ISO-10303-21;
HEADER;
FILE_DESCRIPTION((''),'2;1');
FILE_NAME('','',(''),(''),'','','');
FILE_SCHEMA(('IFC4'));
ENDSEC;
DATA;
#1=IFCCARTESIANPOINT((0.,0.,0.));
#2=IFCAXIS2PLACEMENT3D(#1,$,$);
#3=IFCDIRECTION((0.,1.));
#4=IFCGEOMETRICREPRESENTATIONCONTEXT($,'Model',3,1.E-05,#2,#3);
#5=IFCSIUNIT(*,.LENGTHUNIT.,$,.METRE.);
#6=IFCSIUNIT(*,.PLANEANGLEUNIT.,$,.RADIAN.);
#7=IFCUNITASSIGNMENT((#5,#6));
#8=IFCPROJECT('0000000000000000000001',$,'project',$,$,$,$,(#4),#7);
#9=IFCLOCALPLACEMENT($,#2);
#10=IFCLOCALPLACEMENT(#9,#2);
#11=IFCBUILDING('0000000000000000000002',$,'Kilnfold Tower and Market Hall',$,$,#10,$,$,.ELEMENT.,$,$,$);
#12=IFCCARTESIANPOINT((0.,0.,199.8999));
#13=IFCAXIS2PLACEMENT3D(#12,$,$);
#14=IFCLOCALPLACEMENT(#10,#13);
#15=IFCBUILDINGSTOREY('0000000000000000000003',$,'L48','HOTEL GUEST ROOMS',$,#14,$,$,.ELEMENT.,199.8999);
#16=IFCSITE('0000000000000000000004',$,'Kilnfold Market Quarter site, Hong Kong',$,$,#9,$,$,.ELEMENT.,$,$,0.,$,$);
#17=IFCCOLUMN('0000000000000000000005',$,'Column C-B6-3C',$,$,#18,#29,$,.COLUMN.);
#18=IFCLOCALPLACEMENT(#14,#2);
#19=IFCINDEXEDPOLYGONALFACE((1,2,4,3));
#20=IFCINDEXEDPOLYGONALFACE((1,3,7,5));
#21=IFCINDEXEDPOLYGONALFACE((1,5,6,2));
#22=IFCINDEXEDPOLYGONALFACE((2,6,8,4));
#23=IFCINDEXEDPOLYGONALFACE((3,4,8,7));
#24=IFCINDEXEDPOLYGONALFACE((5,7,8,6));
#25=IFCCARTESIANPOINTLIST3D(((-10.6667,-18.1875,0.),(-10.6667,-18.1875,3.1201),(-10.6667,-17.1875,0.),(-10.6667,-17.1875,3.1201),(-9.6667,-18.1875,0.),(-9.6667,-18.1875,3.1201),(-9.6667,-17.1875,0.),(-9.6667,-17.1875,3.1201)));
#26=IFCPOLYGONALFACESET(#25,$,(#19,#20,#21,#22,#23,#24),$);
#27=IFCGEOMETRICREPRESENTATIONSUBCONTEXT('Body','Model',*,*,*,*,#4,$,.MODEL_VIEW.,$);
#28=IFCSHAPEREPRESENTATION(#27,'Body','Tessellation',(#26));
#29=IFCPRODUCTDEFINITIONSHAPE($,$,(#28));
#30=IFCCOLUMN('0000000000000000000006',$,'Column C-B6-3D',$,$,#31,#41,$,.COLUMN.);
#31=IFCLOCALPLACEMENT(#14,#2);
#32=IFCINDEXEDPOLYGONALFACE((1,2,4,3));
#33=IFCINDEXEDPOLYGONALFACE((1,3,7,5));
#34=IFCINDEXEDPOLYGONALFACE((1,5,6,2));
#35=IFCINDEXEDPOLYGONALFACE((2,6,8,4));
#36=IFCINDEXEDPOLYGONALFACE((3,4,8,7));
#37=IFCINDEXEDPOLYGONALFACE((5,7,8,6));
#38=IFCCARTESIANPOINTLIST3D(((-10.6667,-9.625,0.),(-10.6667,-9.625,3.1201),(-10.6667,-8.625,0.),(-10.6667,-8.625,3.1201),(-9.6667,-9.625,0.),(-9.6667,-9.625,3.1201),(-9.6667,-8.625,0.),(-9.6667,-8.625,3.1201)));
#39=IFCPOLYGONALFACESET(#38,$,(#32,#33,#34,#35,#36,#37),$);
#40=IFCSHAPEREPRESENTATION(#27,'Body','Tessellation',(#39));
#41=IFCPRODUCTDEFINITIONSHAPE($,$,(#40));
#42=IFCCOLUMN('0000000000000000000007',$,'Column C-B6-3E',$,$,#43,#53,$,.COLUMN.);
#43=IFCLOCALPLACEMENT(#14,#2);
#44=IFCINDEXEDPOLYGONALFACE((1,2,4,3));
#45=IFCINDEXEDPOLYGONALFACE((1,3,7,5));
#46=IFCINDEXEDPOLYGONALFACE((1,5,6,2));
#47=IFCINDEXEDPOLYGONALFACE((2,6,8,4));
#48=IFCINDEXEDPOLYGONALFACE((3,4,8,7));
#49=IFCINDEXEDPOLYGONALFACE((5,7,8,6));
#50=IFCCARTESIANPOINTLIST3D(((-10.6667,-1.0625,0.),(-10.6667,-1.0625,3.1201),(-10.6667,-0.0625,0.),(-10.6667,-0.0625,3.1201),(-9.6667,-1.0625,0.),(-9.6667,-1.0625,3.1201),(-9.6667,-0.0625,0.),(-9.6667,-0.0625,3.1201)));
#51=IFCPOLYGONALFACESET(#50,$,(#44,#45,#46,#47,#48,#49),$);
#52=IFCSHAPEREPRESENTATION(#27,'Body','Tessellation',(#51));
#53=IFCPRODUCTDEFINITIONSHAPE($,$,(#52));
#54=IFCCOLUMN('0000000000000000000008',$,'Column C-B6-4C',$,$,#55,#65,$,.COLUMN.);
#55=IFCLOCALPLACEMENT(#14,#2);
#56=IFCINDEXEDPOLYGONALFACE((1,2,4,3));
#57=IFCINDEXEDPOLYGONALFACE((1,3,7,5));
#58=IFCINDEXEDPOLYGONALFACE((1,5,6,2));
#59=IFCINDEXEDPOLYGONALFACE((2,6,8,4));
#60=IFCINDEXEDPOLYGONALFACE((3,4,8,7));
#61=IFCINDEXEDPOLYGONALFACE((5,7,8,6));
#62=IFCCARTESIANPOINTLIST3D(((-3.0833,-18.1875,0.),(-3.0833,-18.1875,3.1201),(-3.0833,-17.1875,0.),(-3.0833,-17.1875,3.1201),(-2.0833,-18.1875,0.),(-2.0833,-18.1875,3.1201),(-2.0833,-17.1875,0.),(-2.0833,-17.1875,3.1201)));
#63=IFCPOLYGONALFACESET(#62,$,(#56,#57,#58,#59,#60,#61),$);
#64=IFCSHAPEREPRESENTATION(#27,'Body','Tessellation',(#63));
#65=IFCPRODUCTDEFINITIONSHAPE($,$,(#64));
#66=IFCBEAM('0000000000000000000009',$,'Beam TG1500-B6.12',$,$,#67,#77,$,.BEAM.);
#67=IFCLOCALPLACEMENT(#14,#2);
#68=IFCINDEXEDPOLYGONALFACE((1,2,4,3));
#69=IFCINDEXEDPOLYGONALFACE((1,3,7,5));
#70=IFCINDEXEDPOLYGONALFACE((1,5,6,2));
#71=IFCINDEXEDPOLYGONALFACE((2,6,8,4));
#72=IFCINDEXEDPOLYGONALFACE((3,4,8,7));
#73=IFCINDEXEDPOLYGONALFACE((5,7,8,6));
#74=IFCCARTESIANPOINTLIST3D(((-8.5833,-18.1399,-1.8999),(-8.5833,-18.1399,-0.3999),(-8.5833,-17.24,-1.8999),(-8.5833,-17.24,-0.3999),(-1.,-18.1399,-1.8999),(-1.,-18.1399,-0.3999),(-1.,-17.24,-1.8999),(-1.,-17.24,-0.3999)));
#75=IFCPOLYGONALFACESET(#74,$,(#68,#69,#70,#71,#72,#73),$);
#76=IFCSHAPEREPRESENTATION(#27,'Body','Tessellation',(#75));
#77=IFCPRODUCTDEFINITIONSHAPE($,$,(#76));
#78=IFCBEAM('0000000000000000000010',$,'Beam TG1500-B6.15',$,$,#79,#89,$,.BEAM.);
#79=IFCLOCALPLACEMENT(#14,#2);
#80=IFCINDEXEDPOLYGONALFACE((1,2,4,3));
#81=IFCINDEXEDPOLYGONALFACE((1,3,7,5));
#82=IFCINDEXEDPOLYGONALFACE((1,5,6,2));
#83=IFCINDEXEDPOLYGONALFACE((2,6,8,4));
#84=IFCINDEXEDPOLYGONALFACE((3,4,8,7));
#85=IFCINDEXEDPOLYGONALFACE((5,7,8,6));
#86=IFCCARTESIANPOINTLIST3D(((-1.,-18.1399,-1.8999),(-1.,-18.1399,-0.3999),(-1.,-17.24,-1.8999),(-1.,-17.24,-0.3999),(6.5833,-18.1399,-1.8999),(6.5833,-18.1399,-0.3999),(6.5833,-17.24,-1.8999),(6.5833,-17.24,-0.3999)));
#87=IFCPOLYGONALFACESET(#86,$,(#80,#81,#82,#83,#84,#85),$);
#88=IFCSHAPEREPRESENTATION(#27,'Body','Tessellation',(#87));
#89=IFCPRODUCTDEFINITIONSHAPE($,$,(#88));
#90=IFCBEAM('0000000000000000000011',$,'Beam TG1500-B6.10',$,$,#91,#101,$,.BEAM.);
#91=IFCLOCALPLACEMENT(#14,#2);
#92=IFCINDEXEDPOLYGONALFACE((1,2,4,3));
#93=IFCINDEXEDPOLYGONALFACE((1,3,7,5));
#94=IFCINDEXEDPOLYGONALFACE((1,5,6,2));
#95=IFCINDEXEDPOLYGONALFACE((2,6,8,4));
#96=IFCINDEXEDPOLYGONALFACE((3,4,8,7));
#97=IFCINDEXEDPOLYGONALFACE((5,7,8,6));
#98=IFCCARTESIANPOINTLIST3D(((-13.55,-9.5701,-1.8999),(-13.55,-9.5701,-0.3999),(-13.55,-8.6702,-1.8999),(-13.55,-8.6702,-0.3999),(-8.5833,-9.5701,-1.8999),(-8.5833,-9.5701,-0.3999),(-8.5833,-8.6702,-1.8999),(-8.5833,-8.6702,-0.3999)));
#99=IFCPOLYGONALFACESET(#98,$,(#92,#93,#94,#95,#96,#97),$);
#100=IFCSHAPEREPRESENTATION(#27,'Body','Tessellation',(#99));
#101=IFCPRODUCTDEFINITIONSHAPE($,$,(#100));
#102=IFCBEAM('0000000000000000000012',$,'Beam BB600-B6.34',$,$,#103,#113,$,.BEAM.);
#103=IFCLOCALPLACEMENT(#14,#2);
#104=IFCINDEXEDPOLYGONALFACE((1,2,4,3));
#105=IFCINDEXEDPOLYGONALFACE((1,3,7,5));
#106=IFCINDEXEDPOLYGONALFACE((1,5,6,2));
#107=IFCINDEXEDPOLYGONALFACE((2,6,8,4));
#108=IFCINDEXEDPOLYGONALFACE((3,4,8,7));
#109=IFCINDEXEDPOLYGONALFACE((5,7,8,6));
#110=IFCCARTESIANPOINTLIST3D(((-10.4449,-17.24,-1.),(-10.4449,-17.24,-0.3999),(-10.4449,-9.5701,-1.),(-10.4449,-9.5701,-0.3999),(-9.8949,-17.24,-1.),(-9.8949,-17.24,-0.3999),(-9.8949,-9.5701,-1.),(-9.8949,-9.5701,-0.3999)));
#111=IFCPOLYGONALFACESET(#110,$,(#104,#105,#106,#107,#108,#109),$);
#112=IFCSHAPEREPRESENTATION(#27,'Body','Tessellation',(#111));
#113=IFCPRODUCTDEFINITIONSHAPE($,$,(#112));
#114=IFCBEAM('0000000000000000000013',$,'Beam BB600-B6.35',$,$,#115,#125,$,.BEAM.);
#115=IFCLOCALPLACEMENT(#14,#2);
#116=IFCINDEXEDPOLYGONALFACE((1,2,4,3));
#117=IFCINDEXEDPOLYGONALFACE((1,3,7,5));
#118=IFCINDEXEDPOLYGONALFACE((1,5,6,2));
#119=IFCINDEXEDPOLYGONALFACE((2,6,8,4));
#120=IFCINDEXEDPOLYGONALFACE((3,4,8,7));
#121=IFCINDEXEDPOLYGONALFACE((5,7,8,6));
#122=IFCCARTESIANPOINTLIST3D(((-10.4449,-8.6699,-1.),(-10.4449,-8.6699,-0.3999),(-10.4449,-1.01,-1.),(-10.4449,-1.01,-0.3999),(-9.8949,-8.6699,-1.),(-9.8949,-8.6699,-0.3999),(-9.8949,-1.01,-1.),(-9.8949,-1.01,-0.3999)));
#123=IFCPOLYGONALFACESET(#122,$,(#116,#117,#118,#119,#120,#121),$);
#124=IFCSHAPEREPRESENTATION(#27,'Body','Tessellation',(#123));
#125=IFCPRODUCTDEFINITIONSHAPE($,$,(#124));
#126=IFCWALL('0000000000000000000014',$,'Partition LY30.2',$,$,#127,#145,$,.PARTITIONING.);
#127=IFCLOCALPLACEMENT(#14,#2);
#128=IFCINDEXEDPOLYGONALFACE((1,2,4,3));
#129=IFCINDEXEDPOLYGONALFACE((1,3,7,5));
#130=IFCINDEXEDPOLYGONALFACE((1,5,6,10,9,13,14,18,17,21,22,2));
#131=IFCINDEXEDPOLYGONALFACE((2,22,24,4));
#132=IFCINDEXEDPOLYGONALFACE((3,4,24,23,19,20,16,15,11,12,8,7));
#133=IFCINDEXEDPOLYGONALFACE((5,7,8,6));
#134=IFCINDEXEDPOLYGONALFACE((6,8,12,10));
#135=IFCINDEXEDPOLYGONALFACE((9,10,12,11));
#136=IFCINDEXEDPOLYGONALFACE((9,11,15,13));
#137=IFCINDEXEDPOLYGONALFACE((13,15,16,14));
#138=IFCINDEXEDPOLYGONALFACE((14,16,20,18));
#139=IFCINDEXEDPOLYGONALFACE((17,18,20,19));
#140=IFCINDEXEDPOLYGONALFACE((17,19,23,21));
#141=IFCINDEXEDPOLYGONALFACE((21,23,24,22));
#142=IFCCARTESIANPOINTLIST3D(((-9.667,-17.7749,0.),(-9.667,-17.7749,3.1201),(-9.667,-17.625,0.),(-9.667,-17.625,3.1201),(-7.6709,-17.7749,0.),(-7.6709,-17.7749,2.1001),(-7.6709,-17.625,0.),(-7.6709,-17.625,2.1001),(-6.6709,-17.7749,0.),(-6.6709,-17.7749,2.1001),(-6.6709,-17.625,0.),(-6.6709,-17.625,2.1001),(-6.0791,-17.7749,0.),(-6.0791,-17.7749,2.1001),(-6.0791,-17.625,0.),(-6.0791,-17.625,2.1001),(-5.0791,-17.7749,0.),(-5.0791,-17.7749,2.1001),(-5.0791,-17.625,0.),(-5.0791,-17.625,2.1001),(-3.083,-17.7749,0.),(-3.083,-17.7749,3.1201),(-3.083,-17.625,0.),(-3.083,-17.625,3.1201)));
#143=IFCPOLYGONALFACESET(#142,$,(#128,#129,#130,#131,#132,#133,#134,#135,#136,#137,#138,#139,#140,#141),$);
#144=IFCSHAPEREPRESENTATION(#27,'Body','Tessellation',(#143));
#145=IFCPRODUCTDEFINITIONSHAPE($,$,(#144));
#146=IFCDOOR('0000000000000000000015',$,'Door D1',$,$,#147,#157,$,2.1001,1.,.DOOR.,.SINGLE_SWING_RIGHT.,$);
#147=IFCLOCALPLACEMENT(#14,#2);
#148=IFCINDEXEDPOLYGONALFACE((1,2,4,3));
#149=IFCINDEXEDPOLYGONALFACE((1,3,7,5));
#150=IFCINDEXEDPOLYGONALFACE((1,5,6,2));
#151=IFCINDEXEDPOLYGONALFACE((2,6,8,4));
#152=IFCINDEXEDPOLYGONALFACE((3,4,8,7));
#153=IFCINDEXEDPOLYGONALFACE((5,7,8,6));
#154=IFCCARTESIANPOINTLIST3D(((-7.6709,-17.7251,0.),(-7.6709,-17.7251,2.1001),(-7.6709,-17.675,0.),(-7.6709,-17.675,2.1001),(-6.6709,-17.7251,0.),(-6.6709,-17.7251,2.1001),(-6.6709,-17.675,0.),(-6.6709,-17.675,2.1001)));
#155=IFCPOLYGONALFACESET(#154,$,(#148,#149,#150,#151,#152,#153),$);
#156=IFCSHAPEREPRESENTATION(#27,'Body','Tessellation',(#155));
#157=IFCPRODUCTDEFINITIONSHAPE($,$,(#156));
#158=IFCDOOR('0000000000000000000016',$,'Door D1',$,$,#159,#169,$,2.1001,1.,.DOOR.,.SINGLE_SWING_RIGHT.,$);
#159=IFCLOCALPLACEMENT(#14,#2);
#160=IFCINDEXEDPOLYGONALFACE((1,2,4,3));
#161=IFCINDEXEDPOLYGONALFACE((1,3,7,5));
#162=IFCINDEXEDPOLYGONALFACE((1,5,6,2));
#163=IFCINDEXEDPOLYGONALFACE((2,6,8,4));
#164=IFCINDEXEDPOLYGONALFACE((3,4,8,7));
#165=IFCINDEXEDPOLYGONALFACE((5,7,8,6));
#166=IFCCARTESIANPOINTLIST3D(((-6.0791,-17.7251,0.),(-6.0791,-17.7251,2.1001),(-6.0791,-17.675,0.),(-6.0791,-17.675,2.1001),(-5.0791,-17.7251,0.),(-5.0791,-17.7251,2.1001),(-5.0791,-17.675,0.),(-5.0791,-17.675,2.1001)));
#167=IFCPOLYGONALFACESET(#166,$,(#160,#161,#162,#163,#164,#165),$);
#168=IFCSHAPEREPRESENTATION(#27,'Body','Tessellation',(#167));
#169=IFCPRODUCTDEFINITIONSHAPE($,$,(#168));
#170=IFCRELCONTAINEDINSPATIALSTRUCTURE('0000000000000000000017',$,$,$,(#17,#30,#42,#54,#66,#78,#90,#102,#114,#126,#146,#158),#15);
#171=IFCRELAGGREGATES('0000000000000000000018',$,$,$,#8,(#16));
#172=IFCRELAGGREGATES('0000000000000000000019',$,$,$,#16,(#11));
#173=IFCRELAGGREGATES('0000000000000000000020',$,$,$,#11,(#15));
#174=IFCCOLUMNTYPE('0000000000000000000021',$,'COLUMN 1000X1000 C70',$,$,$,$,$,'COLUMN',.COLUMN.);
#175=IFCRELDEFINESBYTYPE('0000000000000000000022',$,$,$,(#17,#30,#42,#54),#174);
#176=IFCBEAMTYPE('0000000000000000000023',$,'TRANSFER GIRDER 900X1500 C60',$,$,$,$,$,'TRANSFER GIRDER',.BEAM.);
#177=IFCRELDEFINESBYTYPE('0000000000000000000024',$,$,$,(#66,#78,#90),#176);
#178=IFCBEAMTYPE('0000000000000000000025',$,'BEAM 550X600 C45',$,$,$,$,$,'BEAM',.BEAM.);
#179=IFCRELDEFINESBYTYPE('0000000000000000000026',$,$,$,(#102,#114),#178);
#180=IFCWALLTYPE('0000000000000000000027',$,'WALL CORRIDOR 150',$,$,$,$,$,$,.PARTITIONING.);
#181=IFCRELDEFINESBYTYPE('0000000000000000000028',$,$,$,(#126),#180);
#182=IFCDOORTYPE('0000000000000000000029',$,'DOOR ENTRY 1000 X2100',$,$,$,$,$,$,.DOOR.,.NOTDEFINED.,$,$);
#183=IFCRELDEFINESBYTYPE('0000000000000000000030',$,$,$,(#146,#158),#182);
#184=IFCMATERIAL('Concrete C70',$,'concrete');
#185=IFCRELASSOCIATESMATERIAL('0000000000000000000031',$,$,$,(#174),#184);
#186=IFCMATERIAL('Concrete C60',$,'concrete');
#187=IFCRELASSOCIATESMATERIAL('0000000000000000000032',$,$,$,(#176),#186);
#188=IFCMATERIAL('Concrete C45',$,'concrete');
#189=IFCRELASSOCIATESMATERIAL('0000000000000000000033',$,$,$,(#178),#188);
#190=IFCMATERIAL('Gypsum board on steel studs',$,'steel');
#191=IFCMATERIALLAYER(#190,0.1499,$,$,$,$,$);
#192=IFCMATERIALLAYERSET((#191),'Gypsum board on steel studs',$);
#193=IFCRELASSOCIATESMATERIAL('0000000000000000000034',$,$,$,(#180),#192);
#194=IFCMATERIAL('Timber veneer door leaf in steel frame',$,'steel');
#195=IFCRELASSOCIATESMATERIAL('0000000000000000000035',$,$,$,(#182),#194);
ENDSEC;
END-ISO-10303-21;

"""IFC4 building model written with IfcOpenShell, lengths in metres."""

from ifc_helpers import new_model, si_unit, direction, frame, frame_2d, origin, origin_2d, place, context, subcontext, project, spatial, rectangle, extrude, source, transform, mapped, material, layer, layer_set, material_profile, profile_set, type_object, element, fill, save


model = new_model("IFC4")

# Units and contexts
model_context = context("Model", 3, precision=1e-05, world=origin(), true_north=direction((0.0, 1.0)))
body_context = subcontext(model_context, "Body", "Model", "MODEL_VIEW")
ifc_project = project(units=[si_unit("LENGTHUNIT", "METRE"), si_unit("PLANEANGLEUNIT", "RADIAN")], contexts=[model_context])

# Site, building, storey
site_placement = place(None, origin())
site = spatial("IfcSite", under=ifc_project, at=site_placement, Name="Kilnfold Market Quarter site, Hong Kong", CompositionType="ELEMENT", RefElevation=0.0)
building_placement = place(site_placement, origin())
building = spatial("IfcBuilding", under=site, at=building_placement, Name="Kilnfold Tower and Market Hall", CompositionType="ELEMENT")
storey_placement = place(building_placement, frame((0.0, 0.0, 199.8999)))
storey = spatial("IfcBuildingStorey", under=building, at=storey_placement, Name="L48", Description="HOTEL GUEST ROOMS", CompositionType="ELEMENT", Elevation=199.8999)

# Columns
ifc_material_1 = material(Name="Concrete C70", Category="concrete")
ifc_material_profile_1 = material_profile(ifc_material_1, rectangle(XDim=1.0, YDim=1.0, at=origin_2d()), Name="RC 1000x1000")
ifc_profile_set_1 = profile_set([ifc_material_profile_1], Name="Concrete C70")
column_type = type_object("IfcColumnType", Name="COLUMN 1000X1000 C70", ElementType="COLUMN", PredefinedType="COLUMN", material=ifc_profile_set_1)
shared_shape_1 = source(origin(), body_context, "Body", "SweptSolid", [
    extrude(rectangle(XDim=1.0, YDim=1.0, at=origin_2d()), origin(), (0.0, 0.0, 1.0), 3.1201),
])
for number, where, z_axis, x_axis, name in (
    (1, (-10.1667, -17.6875, 0.0), (0.0, 0.0, 1.0), (1.0, 0.0, 0.0), "Column C-B6-3C"),
    (2, (-10.1667, -9.125, 0.0), (0.0, 0.0, 1.0), (1.0, 0.0, 0.0), "Column C-B6-3D"),
    (3, (-10.1667, -0.5625, 0.0), (0.0, 0.0, 1.0), (1.0, 0.0, 0.0), "Column C-B6-3E"),
    (4, (-2.5833, -17.6875, 0.0), (0.0, 0.0, 1.0), (1.0, 0.0, 0.0), "Column C-B6-4C"),
):
    element("IfcColumn", number, at=place(storey_placement, frame(where, z_axis=z_axis, x_axis=x_axis)), inside=storey, type_object=column_type, Name=name, PredefinedType="COLUMN", context=body_context, shape_type="MappedRepresentation", body=[
        mapped(shared_shape_1, transform((0.0, 0.0, 0.0))),
    ])

# Beams
ifc_material_2 = material(Name="Concrete C60", Category="concrete")
ifc_material_profile_2 = material_profile(ifc_material_2, rectangle(XDim=0.8999, YDim=1.5, at=origin_2d()), Name="RC 900x1500")
ifc_profile_set_2 = profile_set([ifc_material_profile_2], Name="Concrete C60")
beam_type_1 = type_object("IfcBeamType", Name="TRANSFER GIRDER 900X1500 C60", ElementType="TRANSFER GIRDER", PredefinedType="BEAM", material=ifc_profile_set_2)
shared_shape_2 = source(origin(), body_context, "Body", "SweptSolid", [
    extrude(rectangle(XDim=0.8999, YDim=1.5, at=origin_2d()), origin(), (0.0, 0.0, 1.0), 7.5833),
])
for number, where, z_axis, x_axis, name in (
    (5, (-8.5833, -17.6899, -1.1499), (1.0, 0.0, 0.0), (0.0, 1.0, 0.0), "Beam TG1500-B6.12"),
    (6, (-1.0, -17.6899, -1.1499), (1.0, 0.0, 0.0), (0.0, 1.0, 0.0), "Beam TG1500-B6.15"),
):
    element("IfcBeam", number, at=place(storey_placement, frame(where, z_axis=z_axis, x_axis=x_axis)), inside=storey, type_object=beam_type_1, Name=name, PredefinedType="BEAM", context=body_context, shape_type="MappedRepresentation", body=[
        mapped(shared_shape_2, transform((0.0, 0.0, 0.0))),
    ])
shared_shape_3 = source(origin(), body_context, "Body", "SweptSolid", [
    extrude(rectangle(XDim=0.8999, YDim=1.5, at=origin_2d()), origin(), (0.0, 0.0, 1.0), 4.9668),
])
beam_1_placement = place(storey_placement, frame((-13.55, -9.1201, -1.1499), z_axis=(1.0, 0.0, 0.0), x_axis=(0.0, 1.0, 0.0)))
element("IfcBeam", 7, at=beam_1_placement, inside=storey, type_object=beam_type_1, Name="Beam TG1500-B6.10", PredefinedType="BEAM", context=body_context, shape_type="MappedRepresentation", body=[
    mapped(shared_shape_3, transform((0.0, 0.0, 0.0))),
])
ifc_material_3 = material(Name="Concrete C45", Category="concrete")
ifc_material_profile_3 = material_profile(ifc_material_3, rectangle(XDim=0.55, YDim=0.6001, at=origin_2d()), Name="RC 550x600")
ifc_profile_set_3 = profile_set([ifc_material_profile_3], Name="Concrete C45")
beam_type_2 = type_object("IfcBeamType", Name="BEAM 550X600 C45", ElementType="BEAM", PredefinedType="BEAM", material=ifc_profile_set_3)
shared_shape_4 = source(origin(), body_context, "Body", "SweptSolid", [
    extrude(rectangle(XDim=0.55, YDim=0.6001, at=origin_2d()), origin(), (0.0, 0.0, 1.0), 7.6699),
])
beam_2_placement = place(storey_placement, frame((-10.1699, -17.24, -0.7), z_axis=(0.0, 1.0, 0.0), x_axis=(-1.0, 0.0, 0.0)))
element("IfcBeam", 8, at=beam_2_placement, inside=storey, type_object=beam_type_2, Name="Beam BB600-B6.34", PredefinedType="BEAM", context=body_context, shape_type="MappedRepresentation", body=[
    mapped(shared_shape_4, transform((0.0, 0.0, 0.0))),
])
shared_shape_5 = source(origin(), body_context, "Body", "SweptSolid", [
    extrude(rectangle(XDim=0.55, YDim=0.6001, at=origin_2d()), origin(), (0.0, 0.0, 1.0), 7.6599),
])
beam_3_placement = place(storey_placement, frame((-10.1699, -8.6699, -0.7), z_axis=(0.0, 1.0, 0.0), x_axis=(-1.0, 0.0, 0.0)))
element("IfcBeam", 9, at=beam_3_placement, inside=storey, type_object=beam_type_2, Name="Beam BB600-B6.35", PredefinedType="BEAM", context=body_context, shape_type="MappedRepresentation", body=[
    mapped(shared_shape_5, transform((0.0, 0.0, 0.0))),
])

# Wall, openings, doors
ifc_material_4 = material(Name="Gypsum board on steel studs", Category="steel")
ifc_layer_1 = layer(ifc_material_4, 0.1499)
ifc_layer_set_1 = layer_set([ifc_layer_1], Name="Gypsum board on steel studs")
wall_type_1 = type_object("IfcWallType", Name="WALL CORRIDOR 150", PredefinedType="PARTITIONING", material=ifc_layer_set_1)
wall_1_placement = place(storey_placement, frame((-9.667, -17.7, 0.0), z_axis=(0.0, 0.0, 1.0), x_axis=(1.0, 0.0, 0.0)))
wall_1 = element("IfcWall", 10, at=wall_1_placement, inside=storey, type_object=wall_type_1, Name="Partition LY30.2", PredefinedType="PARTITIONING", context=body_context, shape_type="SweptSolid", body=[
    extrude(rectangle(XDim=6.584, YDim=0.1499, at=frame_2d((3.292, 0.0))), origin(), (0.0, 0.0, 1.0), 3.1201),
])
opening_1_placement = place(wall_1_placement, frame((1.9961, 0.0, 0.0)))
opening_1 = element("IfcOpeningElement", 11, at=opening_1_placement, cuts=wall_1, PredefinedType="OPENING", context=body_context, shape_type="SweptSolid", body=[
    extrude(rectangle(XDim=1.0, YDim=2.1001, at=frame_2d((0.5, 1.05))), frame((0.0, 0.085, 0.0), z_axis=(0.0, -1.0, 0.0), x_axis=(1.0, 0.0, 0.0)), (0.0, 0.0, 1.0), 0.1699),
])
opening_2_placement = place(wall_1_placement, frame((3.5879, 0.0, 0.0)))
opening_2 = element("IfcOpeningElement", 12, at=opening_2_placement, cuts=wall_1, PredefinedType="OPENING", context=body_context, shape_type="SweptSolid", body=[
    extrude(rectangle(XDim=1.0, YDim=2.1001, at=frame_2d((0.5, 1.05))), frame((0.0, 0.085, 0.0), z_axis=(0.0, -1.0, 0.0), x_axis=(1.0, 0.0, 0.0)), (0.0, 0.0, 1.0), 0.1699),
])
ifc_material_5 = material(Name="Timber veneer door leaf in steel frame", Category="steel")
door_type_1 = type_object("IfcDoorType", Name="DOOR ENTRY 1000 X2100", OperationType="NOTDEFINED", PredefinedType="DOOR", material=ifc_material_5)
door_1_placement = place(opening_1_placement, origin())
door_1 = element("IfcDoor", 13, at=door_1_placement, inside=storey, type_object=door_type_1, Name="Door D1", OperationType="SINGLE_SWING_RIGHT", OverallHeight=2.1001, OverallWidth=1.0, PredefinedType="DOOR", context=body_context, shape_type="SweptSolid", body=[
    extrude(rectangle(XDim=1.0, YDim=2.1001, at=frame_2d((0.5, 1.05))), frame((0.0, 0.0249, 0.0), z_axis=(0.0, -1.0, 0.0), x_axis=(1.0, 0.0, 0.0)), (0.0, 0.0, 1.0), 0.05),
])
fill(opening_1, door_1)
door_2_placement = place(opening_2_placement, origin())
door_2 = element("IfcDoor", 14, at=door_2_placement, inside=storey, type_object=door_type_1, Name="Door D1", OperationType="SINGLE_SWING_RIGHT", OverallHeight=2.1001, OverallWidth=1.0, PredefinedType="DOOR", context=body_context, shape_type="SweptSolid", body=[
    extrude(rectangle(XDim=1.0, YDim=2.1001, at=frame_2d((0.5, 1.05))), frame((0.0, 0.0249, 0.0), z_axis=(0.0, -1.0, 0.0), x_axis=(1.0, 0.0, 0.0)), (0.0, 0.0, 1.0), 0.05),
])
fill(opening_2, door_2)

save(model, "model.ifc")
